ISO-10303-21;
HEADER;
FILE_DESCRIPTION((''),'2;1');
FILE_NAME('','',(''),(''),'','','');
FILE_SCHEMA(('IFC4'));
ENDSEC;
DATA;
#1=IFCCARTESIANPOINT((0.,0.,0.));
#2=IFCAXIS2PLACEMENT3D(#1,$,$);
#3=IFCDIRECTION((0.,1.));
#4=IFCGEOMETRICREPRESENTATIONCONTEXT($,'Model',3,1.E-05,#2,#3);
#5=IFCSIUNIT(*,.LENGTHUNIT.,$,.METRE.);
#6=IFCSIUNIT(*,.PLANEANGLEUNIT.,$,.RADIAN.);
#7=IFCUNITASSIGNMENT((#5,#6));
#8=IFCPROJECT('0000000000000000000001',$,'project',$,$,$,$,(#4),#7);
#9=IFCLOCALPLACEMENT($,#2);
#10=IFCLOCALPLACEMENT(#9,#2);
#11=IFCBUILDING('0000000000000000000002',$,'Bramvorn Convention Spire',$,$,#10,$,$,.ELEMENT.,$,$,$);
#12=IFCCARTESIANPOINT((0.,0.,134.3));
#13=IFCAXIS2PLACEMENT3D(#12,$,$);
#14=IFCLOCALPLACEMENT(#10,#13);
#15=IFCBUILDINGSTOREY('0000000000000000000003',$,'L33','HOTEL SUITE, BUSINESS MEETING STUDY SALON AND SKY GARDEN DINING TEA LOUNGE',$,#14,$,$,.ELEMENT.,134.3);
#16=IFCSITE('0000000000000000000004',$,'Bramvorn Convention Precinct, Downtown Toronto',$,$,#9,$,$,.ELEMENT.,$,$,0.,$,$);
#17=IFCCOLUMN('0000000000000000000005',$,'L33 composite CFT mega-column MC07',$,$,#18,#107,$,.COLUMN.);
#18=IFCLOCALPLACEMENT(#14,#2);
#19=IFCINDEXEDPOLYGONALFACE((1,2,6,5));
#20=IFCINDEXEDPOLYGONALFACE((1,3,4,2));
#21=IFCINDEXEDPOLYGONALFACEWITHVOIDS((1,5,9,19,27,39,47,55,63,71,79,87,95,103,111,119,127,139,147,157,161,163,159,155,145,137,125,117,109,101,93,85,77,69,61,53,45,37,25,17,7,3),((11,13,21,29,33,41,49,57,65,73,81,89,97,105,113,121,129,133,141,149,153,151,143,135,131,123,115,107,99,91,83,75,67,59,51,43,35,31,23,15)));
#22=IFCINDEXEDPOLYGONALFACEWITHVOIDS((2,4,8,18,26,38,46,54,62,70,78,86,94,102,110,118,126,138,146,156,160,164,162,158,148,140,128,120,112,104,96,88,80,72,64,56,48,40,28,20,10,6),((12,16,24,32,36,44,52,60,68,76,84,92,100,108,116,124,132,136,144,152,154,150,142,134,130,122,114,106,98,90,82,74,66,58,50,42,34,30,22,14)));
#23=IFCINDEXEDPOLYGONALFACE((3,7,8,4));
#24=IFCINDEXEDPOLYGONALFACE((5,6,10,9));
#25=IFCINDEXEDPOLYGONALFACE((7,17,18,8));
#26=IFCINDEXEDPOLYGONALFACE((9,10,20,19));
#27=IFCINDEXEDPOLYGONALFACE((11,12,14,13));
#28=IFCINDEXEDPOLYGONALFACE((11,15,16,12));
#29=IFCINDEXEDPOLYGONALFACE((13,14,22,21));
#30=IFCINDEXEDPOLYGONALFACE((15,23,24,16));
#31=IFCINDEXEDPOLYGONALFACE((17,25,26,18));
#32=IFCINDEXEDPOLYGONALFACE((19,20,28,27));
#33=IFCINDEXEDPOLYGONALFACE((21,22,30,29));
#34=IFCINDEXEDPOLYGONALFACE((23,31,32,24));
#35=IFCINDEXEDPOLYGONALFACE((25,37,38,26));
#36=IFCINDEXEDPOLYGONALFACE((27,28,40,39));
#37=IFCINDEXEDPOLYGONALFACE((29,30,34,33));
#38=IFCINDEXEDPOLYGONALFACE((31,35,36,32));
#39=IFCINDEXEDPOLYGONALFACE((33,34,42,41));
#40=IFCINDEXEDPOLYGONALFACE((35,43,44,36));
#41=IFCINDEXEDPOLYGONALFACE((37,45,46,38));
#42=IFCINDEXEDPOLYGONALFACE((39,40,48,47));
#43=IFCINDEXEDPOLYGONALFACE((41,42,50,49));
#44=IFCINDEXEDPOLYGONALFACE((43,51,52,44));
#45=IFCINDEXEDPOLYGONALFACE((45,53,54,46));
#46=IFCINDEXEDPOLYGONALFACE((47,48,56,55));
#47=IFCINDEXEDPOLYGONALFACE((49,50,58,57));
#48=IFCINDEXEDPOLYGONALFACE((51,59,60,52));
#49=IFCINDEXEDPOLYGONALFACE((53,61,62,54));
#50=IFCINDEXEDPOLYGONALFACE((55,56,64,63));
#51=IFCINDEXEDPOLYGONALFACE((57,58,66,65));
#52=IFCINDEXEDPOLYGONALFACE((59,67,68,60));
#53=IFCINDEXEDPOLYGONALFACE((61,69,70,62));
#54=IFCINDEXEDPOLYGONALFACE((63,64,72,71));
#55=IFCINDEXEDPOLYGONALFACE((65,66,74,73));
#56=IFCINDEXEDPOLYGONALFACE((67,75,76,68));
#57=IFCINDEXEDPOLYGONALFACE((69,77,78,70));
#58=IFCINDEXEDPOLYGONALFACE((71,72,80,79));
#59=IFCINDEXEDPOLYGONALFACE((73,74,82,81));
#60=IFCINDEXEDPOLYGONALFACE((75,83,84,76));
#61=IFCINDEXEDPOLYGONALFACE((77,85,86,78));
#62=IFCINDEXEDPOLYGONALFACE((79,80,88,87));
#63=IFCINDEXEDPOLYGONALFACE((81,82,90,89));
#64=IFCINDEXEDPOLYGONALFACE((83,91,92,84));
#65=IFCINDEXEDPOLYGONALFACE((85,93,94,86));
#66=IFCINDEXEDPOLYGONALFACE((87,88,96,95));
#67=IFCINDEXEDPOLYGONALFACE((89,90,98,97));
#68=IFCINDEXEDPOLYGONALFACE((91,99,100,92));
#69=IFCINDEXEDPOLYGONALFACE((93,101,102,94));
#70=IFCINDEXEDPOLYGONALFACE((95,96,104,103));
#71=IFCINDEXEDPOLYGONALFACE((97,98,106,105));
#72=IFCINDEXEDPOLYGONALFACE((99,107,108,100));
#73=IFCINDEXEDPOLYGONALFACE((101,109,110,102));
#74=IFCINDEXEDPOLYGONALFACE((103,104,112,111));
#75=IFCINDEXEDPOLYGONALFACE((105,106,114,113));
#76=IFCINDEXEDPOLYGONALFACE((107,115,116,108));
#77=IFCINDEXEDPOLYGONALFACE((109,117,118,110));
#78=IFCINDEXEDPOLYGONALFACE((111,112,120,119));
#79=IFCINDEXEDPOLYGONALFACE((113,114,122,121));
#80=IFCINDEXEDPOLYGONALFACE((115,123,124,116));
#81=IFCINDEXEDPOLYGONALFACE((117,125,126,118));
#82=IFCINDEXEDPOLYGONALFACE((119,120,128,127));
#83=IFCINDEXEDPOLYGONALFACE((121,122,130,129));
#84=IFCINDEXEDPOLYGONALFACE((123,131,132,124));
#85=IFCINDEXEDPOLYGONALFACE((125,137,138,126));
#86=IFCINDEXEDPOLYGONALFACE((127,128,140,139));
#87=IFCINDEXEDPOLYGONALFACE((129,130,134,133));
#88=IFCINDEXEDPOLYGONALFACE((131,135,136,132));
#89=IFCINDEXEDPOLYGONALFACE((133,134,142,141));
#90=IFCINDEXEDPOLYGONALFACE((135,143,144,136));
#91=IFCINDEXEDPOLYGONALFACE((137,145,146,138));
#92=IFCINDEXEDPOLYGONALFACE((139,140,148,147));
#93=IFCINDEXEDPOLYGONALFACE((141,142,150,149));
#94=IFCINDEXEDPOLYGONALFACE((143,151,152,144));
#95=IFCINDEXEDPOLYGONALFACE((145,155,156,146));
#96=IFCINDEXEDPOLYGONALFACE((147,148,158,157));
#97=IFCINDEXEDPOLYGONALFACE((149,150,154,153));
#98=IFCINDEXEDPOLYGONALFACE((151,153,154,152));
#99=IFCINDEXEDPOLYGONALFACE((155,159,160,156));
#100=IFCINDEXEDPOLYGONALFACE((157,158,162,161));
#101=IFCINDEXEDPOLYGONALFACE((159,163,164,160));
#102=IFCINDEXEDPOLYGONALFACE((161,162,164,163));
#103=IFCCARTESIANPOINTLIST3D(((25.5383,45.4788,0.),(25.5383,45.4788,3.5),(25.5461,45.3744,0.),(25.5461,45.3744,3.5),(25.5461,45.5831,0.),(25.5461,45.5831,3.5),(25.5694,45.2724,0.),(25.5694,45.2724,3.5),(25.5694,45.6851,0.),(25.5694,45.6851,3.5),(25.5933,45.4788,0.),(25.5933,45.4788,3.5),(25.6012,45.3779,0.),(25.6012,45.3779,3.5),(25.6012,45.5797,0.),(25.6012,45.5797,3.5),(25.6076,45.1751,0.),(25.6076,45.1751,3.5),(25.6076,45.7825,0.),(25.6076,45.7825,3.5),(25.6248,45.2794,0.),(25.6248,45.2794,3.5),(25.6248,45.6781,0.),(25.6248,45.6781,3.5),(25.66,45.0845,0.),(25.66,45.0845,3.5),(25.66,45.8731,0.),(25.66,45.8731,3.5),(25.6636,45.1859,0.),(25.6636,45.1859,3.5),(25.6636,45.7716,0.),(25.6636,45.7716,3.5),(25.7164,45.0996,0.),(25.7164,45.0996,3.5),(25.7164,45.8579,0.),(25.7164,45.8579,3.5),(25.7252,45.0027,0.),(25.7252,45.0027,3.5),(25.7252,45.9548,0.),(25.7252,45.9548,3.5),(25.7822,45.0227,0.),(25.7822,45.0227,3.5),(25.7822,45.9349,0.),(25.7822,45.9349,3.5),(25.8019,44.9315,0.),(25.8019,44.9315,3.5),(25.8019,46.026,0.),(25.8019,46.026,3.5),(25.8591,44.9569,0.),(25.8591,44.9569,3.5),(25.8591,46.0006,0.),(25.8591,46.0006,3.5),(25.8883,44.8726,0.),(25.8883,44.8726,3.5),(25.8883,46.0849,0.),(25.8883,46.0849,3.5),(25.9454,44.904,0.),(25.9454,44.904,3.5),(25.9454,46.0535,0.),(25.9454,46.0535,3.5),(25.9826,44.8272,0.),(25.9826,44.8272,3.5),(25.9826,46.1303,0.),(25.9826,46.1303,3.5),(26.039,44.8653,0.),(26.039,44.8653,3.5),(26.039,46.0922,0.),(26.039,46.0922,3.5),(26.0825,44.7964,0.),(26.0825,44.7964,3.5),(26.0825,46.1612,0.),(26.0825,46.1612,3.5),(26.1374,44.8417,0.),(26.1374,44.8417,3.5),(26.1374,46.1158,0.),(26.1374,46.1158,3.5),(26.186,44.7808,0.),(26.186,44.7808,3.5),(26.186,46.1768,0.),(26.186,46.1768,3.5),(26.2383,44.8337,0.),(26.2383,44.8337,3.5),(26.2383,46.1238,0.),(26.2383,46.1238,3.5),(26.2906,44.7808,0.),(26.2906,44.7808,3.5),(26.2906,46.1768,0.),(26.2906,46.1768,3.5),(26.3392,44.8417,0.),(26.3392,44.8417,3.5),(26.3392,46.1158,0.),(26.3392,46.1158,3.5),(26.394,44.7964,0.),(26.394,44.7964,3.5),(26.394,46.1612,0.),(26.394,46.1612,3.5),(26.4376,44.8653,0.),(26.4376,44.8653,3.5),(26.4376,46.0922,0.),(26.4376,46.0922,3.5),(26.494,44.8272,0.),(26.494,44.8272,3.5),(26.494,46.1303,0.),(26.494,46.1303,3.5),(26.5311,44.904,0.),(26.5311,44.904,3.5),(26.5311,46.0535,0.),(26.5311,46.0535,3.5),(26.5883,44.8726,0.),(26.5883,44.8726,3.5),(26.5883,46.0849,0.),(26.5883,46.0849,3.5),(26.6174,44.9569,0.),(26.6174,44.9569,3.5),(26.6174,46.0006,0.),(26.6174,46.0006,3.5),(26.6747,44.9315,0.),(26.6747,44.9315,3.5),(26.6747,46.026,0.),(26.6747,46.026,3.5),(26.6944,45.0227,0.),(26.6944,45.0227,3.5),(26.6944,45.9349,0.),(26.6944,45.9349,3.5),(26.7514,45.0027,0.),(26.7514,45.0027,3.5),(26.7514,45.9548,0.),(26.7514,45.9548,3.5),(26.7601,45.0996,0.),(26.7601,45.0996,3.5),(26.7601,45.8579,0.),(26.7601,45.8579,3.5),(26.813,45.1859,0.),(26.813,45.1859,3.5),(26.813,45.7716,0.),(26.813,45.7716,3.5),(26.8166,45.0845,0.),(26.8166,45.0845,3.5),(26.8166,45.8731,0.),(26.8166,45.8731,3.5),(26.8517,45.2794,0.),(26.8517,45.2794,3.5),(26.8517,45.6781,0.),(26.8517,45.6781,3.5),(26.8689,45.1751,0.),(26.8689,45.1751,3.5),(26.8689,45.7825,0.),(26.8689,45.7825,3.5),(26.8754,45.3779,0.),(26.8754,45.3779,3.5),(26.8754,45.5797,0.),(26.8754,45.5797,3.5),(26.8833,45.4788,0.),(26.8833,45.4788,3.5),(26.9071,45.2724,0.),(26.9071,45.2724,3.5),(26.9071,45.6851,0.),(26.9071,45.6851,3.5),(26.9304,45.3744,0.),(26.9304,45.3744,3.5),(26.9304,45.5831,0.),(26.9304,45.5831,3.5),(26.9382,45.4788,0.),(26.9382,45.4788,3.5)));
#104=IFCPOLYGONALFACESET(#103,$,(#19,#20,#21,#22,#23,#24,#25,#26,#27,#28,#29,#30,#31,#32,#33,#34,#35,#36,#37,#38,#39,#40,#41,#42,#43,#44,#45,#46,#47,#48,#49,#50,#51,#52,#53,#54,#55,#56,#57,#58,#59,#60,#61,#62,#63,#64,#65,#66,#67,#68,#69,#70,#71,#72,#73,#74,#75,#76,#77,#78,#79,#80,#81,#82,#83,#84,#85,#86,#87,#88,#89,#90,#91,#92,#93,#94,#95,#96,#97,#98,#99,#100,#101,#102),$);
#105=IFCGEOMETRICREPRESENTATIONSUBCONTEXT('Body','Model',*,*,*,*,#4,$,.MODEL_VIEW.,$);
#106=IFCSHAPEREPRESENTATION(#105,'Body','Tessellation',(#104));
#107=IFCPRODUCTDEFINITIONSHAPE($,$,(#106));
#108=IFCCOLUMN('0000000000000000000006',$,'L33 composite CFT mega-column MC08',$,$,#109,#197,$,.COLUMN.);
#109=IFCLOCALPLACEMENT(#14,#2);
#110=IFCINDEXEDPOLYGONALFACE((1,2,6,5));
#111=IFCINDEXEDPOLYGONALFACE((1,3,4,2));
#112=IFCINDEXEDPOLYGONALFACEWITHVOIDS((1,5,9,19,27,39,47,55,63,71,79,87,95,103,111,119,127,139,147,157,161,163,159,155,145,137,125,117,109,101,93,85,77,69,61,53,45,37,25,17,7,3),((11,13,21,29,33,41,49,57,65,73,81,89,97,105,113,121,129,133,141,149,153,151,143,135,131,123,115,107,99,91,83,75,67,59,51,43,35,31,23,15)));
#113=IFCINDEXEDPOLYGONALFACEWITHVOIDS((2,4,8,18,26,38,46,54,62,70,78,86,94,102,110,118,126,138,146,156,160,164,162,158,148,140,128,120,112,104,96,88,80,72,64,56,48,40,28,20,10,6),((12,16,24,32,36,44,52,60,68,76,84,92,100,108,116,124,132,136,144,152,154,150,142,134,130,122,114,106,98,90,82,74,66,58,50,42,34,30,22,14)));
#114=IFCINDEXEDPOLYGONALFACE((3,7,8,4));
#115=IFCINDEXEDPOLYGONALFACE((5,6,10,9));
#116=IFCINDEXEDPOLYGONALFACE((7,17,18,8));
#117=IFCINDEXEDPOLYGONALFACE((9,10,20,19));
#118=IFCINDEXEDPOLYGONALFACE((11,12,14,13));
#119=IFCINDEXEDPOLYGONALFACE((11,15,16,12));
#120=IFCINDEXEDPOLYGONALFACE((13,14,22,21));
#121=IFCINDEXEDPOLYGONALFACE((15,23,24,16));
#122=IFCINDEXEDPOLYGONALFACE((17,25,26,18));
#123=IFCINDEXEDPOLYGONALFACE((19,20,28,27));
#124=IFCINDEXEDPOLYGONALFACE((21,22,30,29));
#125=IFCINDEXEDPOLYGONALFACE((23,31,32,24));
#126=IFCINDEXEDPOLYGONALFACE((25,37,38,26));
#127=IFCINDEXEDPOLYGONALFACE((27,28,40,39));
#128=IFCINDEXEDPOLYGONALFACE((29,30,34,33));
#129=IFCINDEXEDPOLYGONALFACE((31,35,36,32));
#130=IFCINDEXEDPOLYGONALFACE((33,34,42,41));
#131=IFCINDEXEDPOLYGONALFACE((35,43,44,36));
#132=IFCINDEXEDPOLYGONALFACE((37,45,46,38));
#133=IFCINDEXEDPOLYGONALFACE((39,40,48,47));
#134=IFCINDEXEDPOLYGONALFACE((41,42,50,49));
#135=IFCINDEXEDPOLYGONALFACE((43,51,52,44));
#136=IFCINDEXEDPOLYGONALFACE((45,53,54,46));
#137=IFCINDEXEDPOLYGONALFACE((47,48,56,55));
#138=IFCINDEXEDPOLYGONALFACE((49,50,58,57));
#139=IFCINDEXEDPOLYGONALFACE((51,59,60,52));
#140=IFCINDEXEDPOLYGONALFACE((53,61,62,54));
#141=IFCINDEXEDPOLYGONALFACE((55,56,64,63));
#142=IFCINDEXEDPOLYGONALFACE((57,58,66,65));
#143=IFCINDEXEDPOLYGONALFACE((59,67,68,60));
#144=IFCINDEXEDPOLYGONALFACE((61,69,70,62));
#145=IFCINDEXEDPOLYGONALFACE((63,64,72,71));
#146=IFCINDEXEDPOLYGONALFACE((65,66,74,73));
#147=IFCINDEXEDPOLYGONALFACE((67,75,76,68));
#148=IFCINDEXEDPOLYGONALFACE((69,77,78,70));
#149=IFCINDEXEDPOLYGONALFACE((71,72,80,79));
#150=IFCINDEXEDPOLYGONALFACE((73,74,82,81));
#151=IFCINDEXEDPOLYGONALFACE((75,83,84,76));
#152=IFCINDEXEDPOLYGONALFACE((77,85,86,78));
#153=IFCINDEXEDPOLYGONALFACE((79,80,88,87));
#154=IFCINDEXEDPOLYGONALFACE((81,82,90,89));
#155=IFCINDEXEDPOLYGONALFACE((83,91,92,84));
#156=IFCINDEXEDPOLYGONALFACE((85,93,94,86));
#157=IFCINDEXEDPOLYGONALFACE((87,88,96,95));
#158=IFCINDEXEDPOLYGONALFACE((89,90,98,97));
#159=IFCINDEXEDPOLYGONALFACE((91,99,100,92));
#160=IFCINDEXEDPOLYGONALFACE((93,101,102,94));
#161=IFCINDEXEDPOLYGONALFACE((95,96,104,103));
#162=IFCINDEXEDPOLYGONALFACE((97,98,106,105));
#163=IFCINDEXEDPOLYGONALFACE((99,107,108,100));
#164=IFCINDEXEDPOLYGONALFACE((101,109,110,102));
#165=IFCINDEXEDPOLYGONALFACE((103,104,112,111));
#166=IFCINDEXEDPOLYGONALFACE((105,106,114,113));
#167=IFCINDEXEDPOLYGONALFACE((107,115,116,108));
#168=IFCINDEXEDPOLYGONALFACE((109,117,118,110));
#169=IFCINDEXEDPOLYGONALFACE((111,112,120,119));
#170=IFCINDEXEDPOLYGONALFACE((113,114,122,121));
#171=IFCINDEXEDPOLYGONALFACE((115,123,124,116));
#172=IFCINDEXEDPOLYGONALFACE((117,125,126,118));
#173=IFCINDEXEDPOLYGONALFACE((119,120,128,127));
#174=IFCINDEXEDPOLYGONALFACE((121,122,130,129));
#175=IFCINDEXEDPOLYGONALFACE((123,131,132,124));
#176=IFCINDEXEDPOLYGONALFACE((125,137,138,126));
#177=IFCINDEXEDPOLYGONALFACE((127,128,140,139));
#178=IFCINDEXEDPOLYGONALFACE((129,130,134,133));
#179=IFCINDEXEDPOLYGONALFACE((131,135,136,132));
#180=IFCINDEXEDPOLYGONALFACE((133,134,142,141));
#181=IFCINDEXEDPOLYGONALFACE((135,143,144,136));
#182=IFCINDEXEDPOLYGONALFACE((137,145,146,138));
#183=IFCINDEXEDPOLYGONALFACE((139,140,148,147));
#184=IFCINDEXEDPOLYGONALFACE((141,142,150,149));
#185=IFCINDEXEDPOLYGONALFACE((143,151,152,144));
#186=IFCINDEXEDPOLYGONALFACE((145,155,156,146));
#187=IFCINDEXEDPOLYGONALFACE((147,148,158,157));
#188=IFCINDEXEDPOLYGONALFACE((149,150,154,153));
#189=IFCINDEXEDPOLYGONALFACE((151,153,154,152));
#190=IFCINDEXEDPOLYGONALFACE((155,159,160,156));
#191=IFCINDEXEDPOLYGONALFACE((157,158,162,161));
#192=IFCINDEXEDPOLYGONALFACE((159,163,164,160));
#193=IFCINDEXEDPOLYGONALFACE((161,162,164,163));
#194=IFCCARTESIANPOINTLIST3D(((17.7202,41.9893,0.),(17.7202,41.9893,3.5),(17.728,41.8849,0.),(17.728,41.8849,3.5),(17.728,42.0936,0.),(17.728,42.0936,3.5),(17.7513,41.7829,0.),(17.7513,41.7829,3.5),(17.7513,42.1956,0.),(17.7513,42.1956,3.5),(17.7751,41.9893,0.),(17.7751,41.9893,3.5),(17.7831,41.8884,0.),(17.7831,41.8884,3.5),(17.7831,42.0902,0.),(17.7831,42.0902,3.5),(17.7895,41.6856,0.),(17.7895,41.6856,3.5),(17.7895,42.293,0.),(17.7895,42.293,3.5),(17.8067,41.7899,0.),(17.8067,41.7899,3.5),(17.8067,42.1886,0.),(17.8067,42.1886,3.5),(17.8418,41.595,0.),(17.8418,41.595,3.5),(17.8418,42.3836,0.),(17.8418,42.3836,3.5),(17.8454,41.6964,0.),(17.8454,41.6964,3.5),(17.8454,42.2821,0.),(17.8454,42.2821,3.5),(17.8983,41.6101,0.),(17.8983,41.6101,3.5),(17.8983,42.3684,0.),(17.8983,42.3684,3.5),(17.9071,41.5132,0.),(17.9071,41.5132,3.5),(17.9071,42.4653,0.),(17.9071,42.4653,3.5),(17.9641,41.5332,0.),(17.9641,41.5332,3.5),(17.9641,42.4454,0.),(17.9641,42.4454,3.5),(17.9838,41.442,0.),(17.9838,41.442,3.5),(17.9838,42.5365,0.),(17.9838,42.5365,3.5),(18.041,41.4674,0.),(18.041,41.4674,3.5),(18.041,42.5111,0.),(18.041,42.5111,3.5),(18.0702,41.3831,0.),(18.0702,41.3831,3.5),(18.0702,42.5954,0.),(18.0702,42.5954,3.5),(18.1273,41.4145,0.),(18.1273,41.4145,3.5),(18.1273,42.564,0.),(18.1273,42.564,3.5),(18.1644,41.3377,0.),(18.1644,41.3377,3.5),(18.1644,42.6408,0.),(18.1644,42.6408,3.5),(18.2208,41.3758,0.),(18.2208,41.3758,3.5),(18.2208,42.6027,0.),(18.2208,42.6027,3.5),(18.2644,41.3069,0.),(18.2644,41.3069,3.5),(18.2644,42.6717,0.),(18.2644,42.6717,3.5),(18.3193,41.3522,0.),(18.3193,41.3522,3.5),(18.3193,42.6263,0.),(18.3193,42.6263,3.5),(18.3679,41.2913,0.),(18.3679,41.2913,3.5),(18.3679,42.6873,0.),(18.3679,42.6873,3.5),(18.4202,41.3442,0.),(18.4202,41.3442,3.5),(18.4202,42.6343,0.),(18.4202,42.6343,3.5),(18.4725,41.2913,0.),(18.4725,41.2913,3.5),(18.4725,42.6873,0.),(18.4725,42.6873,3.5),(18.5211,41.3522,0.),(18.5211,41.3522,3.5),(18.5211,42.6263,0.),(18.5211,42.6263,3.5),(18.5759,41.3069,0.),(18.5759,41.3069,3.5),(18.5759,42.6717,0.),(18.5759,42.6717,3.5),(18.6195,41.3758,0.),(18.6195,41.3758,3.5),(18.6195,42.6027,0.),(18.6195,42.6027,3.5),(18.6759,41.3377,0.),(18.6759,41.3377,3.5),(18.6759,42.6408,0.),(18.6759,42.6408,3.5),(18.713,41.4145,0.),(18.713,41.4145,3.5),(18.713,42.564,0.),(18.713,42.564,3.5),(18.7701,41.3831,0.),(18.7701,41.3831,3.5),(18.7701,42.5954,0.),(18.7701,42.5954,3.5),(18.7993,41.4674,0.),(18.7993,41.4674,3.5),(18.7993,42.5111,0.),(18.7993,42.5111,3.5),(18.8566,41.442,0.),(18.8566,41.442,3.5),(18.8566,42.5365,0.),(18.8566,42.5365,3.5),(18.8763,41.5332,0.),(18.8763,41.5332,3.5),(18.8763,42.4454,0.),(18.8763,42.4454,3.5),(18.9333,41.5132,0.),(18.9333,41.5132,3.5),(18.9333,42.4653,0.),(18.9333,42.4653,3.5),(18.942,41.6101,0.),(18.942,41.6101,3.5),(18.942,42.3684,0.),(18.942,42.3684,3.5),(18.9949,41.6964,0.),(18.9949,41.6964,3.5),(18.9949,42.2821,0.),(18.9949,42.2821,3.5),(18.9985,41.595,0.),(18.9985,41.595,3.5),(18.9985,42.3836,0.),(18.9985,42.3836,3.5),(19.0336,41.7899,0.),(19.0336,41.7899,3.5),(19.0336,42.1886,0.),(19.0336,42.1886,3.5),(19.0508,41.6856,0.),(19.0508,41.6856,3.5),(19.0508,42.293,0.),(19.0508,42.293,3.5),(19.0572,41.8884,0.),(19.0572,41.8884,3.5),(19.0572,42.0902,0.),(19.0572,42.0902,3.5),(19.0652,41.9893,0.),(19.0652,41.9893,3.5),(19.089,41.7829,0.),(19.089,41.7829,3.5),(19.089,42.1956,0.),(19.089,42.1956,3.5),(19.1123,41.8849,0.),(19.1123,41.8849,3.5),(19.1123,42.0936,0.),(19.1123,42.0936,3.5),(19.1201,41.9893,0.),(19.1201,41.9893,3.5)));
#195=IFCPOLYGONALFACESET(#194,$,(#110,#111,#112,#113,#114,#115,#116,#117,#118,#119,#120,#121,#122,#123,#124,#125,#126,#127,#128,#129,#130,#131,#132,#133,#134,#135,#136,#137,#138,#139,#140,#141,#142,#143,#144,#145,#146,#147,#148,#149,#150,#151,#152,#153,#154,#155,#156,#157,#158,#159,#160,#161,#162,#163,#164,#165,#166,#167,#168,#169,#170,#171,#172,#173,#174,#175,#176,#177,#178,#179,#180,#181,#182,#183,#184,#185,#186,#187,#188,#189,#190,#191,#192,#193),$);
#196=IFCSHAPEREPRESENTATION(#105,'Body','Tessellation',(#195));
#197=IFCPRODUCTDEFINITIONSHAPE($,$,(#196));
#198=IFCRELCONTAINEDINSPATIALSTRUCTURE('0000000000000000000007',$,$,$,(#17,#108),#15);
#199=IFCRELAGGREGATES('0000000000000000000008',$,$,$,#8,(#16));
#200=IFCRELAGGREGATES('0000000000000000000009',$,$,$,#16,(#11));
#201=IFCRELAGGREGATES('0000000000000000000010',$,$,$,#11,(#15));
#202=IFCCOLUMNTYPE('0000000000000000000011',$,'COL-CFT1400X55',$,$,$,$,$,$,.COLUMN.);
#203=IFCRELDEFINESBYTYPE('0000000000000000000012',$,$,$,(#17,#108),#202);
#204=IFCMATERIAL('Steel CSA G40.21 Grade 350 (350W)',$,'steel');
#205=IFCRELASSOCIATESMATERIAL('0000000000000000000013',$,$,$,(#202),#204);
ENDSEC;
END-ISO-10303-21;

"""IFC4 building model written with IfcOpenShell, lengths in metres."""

from ifc_helpers import new_model, si_unit, direction, frame, origin, origin_2d, place, context, subcontext, project, spatial, hollow_circle, extrude, material, material_profile, profile_set, type_object, element, save


model = new_model("IFC4")

# Units and contexts
model_context = context("Model", 3, precision=1e-05, world=origin(), true_north=direction((0.0, 1.0)))
body_context = subcontext(model_context, "Body", "Model", "MODEL_VIEW")
ifc_project = project(units=[si_unit("LENGTHUNIT", "METRE"), si_unit("PLANEANGLEUNIT", "RADIAN")], contexts=[model_context])

# Site, building, storey
site_placement = place(None, origin())
site = spatial("IfcSite", under=ifc_project, at=site_placement, Name="Bramvorn Convention Precinct, Downtown Toronto", CompositionType="ELEMENT", RefElevation=0.0)
building_placement = place(site_placement, origin())
building = spatial("IfcBuilding", under=site, at=building_placement, Name="Bramvorn Convention Spire", CompositionType="ELEMENT")
storey_placement = place(building_placement, frame((0.0, 0.0, 134.3)))
storey = spatial("IfcBuildingStorey", under=building, at=storey_placement, Name="L33", Description="HOTEL SUITE, BUSINESS MEETING STUDY SALON AND SKY GARDEN DINING TEA LOUNGE", CompositionType="ELEMENT", Elevation=134.3)

# Columns
ifc_material_1 = material(Name="Steel CSA G40.21 Grade 350 (350W)", Category="steel")
ifc_material_profile_1 = material_profile(ifc_material_1, hollow_circle(Radius=0.7, WallThickness=0.0549, at=origin_2d()))
ifc_profile_set_1 = profile_set([ifc_material_profile_1], Name="Steel CSA G40.21 Grade 350 (350W) - CFT1400X55")
column_type = type_object("IfcColumnType", Name="COL-CFT1400X55", PredefinedType="COLUMN", material=ifc_profile_set_1)
for number, where, z_axis, x_axis, name in (
    (1, (26.2383, 45.4788, 0.0), (0.0, 0.0, 1.0), (1.0, 0.0, 0.0), "L33 composite CFT mega-column MC07"),
    (2, (18.4202, 41.9893, 0.0), (0.0, 0.0, 1.0), (1.0, 0.0, 0.0), "L33 composite CFT mega-column MC08"),
):
    element("IfcColumn", number, at=place(storey_placement, frame(where, z_axis=z_axis, x_axis=x_axis)), inside=storey, type_object=column_type, Name=name, PredefinedType="COLUMN", context=body_context, shape_type="SweptSolid", body=[
        extrude(hollow_circle(Radius=0.7, WallThickness=0.0549, at=origin_2d()), origin(), (0.0, 0.0, 1.0), 3.5),
    ])

save(model, "model.ifc")
